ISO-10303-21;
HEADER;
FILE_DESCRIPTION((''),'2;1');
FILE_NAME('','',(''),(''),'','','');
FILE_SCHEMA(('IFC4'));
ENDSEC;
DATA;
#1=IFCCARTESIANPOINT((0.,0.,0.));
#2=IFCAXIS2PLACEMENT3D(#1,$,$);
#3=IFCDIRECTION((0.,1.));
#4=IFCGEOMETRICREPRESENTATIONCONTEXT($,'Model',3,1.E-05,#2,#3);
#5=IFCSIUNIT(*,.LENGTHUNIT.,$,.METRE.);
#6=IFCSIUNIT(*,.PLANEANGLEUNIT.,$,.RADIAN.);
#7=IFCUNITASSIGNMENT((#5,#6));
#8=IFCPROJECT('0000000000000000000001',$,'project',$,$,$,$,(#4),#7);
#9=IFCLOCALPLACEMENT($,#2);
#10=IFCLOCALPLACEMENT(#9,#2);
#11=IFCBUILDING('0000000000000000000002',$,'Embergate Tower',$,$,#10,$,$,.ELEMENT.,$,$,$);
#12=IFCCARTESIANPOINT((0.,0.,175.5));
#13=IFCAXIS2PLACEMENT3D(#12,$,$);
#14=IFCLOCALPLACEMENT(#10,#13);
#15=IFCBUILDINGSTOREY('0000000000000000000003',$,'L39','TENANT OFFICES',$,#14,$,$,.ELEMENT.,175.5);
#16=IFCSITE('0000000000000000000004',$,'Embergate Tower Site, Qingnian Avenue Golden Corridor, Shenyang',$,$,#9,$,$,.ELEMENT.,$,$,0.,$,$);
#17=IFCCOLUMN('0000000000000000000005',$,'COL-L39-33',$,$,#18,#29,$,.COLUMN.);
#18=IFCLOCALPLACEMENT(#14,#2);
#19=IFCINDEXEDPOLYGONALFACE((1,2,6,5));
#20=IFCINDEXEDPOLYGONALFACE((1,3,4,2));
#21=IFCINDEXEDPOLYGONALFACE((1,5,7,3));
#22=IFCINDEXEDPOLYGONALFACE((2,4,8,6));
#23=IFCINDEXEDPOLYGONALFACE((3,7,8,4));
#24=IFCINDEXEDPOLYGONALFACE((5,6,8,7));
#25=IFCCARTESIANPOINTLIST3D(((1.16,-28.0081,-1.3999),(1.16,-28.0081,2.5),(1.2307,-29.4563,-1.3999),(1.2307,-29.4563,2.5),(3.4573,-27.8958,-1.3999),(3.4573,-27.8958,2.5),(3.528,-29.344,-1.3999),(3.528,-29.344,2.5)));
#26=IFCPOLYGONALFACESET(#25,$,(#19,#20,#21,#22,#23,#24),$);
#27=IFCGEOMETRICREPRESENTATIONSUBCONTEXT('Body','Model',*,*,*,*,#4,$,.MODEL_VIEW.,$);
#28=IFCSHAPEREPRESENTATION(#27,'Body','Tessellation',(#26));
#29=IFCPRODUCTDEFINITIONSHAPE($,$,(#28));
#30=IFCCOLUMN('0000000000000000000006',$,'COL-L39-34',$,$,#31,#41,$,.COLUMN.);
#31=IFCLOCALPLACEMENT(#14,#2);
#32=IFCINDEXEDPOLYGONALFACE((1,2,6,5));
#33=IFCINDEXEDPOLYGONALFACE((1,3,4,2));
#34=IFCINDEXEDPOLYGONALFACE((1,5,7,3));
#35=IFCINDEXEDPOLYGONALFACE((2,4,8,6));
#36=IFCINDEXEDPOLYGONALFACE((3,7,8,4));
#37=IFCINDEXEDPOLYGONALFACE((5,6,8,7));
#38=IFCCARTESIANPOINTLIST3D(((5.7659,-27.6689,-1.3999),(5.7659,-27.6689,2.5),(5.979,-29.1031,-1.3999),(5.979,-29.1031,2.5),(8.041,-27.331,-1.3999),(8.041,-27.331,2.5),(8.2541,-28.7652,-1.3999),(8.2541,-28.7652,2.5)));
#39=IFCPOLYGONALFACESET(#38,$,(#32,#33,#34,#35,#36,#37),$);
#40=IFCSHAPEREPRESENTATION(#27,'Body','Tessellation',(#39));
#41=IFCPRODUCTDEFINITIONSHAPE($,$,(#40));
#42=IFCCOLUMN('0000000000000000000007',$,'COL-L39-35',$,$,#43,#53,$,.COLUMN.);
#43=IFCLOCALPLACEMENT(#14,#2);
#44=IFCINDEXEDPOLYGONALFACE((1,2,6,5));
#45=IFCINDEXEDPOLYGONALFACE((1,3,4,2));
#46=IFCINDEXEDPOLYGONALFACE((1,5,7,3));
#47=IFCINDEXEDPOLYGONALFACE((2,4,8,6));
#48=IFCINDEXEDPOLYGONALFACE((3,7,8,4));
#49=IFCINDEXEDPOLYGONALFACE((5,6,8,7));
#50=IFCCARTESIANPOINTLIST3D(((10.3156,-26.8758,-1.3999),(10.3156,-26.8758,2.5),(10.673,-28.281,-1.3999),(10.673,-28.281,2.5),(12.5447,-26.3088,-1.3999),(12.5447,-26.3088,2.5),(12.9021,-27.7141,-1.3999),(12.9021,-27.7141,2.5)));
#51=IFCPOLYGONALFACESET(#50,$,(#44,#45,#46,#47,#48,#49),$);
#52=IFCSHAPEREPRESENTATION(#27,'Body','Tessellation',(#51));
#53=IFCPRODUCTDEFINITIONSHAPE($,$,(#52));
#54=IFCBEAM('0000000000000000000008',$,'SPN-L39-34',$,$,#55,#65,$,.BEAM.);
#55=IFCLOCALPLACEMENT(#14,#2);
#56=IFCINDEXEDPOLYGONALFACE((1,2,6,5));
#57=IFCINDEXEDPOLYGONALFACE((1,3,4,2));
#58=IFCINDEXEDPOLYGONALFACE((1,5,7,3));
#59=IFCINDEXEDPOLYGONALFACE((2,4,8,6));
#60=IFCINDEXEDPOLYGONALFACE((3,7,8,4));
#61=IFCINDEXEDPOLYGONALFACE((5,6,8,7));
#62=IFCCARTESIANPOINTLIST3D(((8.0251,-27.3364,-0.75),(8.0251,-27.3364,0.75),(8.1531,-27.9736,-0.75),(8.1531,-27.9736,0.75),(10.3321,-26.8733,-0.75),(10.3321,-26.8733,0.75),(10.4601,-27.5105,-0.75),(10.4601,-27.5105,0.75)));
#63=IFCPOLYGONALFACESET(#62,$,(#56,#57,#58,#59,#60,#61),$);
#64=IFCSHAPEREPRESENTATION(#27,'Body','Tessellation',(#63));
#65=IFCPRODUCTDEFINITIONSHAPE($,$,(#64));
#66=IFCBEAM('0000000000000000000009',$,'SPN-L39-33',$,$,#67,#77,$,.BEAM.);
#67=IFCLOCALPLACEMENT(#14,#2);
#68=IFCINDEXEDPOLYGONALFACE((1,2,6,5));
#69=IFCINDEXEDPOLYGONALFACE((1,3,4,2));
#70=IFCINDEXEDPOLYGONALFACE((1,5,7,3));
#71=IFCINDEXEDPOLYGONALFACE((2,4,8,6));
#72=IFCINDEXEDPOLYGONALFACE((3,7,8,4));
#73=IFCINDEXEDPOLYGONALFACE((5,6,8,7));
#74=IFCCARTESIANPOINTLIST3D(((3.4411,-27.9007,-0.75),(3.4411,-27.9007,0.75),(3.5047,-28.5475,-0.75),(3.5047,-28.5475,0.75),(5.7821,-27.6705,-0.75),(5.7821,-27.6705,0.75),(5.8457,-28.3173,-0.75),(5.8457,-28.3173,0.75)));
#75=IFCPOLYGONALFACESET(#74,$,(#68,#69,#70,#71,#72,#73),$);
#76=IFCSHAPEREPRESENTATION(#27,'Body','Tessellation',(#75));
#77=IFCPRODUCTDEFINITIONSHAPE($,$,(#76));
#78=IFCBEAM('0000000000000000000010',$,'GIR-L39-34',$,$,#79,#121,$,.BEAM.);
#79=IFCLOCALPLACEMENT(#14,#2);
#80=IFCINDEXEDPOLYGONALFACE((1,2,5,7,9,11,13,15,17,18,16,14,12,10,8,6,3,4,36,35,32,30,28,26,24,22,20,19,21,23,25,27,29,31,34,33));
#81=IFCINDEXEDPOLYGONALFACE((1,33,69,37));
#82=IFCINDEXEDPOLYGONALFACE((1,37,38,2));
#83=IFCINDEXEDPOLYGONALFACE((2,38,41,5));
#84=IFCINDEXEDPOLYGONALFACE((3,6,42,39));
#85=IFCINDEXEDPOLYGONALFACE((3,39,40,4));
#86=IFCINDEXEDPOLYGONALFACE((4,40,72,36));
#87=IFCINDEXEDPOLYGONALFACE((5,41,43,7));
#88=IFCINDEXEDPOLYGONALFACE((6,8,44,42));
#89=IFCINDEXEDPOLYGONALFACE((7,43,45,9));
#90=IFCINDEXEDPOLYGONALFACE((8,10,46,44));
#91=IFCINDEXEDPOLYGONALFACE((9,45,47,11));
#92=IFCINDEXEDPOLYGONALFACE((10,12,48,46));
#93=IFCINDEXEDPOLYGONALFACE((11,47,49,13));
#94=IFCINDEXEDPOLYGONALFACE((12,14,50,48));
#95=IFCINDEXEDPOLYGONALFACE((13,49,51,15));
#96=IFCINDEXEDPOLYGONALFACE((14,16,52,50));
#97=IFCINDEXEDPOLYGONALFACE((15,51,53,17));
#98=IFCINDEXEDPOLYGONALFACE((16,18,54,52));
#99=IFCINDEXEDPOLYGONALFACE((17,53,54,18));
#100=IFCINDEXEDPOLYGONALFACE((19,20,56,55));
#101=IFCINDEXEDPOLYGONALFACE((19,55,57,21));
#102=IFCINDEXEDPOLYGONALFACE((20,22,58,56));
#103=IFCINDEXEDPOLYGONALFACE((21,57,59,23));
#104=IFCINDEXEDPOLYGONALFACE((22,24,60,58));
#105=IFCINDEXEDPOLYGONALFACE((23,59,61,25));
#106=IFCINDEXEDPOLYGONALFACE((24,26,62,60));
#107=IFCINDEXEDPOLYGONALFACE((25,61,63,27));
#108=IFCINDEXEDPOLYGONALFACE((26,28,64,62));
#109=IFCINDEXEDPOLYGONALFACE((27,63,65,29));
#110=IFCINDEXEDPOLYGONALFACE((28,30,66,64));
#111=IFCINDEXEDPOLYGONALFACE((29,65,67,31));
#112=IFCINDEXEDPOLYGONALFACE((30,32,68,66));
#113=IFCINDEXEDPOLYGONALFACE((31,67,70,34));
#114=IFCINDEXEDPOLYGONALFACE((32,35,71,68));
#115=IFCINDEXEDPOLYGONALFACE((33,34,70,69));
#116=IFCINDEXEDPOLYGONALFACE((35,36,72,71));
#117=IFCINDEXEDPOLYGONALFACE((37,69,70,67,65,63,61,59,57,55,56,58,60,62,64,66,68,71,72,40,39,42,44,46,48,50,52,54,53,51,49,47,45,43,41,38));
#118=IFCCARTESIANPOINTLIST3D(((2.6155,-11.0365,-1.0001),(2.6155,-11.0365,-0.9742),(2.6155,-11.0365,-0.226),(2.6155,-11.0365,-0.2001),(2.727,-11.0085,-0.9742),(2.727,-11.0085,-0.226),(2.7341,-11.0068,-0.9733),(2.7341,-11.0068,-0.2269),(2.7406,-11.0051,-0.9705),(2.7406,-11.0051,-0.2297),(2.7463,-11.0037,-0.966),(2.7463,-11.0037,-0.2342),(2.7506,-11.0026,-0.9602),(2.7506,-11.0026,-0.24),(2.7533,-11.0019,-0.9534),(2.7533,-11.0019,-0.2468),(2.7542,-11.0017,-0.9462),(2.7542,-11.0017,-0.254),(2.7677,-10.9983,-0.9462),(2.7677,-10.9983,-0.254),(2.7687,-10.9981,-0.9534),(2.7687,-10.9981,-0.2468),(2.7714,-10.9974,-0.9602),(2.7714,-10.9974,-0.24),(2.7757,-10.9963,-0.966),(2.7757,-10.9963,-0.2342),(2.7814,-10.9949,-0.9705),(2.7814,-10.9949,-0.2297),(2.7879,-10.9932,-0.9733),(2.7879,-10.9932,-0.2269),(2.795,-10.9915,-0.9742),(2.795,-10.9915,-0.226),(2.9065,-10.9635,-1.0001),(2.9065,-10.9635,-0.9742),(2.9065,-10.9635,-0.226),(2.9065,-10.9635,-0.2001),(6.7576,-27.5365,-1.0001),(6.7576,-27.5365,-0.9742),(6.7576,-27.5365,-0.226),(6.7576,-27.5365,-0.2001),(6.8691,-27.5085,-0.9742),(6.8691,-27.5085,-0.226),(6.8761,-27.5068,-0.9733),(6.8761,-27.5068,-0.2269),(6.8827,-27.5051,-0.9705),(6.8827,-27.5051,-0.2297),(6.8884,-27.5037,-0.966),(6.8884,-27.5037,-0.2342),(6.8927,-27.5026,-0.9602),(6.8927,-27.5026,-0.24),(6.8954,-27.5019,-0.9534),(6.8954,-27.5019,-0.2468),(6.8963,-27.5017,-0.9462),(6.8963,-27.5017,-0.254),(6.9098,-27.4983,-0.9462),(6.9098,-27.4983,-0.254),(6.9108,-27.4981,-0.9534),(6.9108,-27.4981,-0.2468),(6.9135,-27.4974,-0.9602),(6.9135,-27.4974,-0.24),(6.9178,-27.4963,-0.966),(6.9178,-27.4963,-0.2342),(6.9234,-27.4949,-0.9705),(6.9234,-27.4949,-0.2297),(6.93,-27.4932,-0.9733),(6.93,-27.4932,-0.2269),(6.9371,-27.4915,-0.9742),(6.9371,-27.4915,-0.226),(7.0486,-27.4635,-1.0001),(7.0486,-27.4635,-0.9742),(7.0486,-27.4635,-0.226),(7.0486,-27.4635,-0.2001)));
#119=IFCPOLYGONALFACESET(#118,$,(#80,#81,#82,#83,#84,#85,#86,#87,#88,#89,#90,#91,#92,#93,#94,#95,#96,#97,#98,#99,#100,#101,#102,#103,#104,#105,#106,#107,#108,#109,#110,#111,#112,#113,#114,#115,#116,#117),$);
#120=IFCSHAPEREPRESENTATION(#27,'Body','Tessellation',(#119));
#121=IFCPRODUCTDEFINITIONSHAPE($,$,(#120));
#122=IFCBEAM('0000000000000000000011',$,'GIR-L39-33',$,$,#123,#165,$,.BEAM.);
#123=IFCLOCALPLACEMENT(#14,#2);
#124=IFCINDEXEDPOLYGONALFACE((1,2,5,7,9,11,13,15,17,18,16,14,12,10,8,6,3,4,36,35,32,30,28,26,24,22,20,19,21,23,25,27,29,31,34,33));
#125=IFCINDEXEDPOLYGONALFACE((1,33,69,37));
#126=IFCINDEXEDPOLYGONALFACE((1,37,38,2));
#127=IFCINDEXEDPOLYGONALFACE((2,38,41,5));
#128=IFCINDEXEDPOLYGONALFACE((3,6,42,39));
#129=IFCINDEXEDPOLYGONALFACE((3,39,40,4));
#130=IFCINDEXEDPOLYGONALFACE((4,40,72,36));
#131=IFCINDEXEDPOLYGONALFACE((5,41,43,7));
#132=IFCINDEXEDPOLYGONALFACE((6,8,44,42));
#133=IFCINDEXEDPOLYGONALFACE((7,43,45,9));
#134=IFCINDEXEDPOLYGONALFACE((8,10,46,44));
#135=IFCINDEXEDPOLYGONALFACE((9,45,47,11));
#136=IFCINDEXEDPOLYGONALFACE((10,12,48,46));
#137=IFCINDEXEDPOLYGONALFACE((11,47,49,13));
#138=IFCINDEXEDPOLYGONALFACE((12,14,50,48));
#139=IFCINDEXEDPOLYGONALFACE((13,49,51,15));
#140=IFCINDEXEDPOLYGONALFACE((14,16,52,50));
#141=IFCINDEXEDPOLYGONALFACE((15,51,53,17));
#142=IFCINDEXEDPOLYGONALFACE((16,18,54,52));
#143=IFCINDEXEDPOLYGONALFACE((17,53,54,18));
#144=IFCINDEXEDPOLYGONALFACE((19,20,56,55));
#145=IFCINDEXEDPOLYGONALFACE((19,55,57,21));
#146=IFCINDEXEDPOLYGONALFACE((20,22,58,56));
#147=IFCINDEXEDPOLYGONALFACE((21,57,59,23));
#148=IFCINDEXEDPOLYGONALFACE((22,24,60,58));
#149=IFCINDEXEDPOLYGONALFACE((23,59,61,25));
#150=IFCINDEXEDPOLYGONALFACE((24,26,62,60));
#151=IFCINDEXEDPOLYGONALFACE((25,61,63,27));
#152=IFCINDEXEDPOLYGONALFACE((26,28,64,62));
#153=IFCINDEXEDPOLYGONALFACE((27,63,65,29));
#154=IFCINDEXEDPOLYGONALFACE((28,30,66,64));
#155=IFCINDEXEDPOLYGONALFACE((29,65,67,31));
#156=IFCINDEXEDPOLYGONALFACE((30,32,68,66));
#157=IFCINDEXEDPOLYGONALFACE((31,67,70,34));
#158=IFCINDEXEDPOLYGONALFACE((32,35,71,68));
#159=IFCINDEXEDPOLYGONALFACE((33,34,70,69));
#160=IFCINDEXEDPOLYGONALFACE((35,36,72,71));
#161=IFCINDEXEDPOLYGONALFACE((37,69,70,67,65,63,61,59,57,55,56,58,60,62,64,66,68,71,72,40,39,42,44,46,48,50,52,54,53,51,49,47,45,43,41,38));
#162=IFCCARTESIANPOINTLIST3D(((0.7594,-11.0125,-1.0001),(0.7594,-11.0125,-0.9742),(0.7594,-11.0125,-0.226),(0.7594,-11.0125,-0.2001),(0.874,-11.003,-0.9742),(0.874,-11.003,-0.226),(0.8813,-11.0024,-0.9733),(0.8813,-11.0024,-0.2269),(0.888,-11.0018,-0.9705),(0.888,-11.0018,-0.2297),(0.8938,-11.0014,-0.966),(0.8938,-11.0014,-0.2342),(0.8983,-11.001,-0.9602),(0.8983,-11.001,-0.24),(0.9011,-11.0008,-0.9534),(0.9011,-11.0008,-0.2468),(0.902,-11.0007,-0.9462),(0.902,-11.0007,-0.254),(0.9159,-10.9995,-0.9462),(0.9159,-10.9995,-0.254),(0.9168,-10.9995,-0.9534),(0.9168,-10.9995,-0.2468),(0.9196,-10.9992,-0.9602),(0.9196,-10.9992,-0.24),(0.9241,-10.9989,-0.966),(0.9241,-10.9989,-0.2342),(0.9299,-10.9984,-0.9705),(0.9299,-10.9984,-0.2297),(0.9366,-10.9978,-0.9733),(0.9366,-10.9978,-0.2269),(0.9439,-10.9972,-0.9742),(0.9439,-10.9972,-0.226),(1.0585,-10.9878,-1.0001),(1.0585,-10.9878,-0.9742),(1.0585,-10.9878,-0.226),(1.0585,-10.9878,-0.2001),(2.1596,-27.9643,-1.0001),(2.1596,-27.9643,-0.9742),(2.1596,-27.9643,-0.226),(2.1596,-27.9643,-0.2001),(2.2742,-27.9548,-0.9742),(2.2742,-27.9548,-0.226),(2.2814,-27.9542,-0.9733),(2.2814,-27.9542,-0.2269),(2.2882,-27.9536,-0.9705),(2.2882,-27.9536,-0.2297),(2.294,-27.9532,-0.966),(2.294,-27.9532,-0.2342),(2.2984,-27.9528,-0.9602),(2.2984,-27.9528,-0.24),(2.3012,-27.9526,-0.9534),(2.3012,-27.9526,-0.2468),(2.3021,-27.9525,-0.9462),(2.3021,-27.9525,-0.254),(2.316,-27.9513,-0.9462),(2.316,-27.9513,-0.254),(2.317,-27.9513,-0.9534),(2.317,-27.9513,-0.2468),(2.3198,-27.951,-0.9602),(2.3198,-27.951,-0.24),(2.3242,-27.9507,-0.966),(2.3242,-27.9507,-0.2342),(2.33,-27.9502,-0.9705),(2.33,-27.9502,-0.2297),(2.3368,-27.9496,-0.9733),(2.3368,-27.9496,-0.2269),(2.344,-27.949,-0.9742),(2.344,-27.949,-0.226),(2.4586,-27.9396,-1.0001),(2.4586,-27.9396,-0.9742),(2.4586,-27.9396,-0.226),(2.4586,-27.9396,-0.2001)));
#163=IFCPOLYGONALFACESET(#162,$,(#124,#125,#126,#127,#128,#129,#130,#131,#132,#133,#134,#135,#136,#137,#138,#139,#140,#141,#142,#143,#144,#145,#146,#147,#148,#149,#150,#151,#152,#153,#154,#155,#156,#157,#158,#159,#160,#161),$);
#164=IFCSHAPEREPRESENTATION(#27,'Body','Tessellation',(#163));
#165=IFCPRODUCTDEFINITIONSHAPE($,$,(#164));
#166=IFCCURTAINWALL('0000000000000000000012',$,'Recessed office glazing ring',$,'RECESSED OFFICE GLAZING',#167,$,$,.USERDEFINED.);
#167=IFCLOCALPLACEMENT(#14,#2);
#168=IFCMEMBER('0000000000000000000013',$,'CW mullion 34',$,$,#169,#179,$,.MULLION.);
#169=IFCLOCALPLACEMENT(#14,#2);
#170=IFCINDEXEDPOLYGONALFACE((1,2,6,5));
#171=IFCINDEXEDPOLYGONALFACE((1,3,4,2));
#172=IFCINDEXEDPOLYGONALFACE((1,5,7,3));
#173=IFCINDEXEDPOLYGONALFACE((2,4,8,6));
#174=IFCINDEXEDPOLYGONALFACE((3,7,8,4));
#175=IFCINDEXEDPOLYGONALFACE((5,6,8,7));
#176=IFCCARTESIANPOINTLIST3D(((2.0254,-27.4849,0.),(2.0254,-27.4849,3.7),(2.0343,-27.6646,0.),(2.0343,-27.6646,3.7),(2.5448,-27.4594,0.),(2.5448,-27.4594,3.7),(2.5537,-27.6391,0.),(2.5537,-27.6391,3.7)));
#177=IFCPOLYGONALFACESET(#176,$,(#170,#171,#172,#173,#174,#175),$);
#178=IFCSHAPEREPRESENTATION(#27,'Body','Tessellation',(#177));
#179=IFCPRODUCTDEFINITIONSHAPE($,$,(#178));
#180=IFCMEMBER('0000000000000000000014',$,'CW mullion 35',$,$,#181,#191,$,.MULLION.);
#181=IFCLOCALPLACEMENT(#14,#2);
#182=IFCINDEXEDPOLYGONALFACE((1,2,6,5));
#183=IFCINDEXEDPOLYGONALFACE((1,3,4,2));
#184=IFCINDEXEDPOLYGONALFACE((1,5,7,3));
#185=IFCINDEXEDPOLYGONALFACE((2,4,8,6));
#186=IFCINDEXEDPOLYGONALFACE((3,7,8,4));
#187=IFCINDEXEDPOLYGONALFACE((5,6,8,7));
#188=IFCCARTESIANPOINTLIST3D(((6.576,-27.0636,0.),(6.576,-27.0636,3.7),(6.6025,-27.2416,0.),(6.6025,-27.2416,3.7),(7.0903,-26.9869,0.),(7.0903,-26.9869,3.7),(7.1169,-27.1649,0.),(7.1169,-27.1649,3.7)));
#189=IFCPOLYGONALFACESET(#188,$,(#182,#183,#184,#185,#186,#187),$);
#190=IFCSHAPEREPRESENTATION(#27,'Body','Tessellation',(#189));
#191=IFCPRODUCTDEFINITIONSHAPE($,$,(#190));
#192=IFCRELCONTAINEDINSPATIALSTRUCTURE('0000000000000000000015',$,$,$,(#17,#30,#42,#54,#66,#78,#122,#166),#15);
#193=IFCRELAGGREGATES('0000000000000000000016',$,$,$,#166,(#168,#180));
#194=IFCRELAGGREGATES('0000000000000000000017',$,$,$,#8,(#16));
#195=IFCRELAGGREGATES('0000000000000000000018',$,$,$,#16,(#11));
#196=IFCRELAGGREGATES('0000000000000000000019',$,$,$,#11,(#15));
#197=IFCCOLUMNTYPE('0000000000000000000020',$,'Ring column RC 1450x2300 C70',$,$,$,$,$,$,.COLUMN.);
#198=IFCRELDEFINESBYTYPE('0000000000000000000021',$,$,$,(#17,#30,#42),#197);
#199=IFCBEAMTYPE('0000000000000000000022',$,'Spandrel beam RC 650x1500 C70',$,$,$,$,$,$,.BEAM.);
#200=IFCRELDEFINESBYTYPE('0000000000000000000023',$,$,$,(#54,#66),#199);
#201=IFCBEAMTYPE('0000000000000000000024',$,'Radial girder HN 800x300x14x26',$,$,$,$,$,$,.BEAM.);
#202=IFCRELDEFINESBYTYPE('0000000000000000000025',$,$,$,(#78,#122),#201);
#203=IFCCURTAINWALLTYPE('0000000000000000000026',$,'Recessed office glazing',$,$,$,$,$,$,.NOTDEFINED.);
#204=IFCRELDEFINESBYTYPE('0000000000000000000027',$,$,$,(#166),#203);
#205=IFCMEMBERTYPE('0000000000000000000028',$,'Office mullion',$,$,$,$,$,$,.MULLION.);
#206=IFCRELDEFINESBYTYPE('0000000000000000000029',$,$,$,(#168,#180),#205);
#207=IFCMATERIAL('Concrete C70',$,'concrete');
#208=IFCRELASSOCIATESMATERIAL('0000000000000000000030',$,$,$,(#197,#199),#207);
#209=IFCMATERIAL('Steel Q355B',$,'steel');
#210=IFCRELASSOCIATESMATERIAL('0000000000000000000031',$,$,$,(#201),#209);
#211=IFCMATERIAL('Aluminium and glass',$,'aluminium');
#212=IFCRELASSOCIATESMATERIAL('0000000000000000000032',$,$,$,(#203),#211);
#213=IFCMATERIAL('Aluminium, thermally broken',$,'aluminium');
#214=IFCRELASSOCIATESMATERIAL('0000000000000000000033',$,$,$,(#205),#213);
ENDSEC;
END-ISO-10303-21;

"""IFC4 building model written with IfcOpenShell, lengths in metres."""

from ifc_helpers import new_model, si_unit, direction, frame, origin, origin_2d, place, context, subcontext, project, spatial, rectangle, i_section, extrude, source, transform, mapped, material, material_profile, profile_set, type_object, element, aggregate, save


model = new_model("IFC4")

# Units and contexts
model_context = context("Model", 3, precision=1e-05, world=origin(), true_north=direction((0.0, 1.0)))
body_context = subcontext(model_context, "Body", "Model", "MODEL_VIEW")
ifc_project = project(units=[si_unit("LENGTHUNIT", "METRE"), si_unit("PLANEANGLEUNIT", "RADIAN")], contexts=[model_context])

# Site, building, storey
site_placement = place(None, origin())
site = spatial("IfcSite", under=ifc_project, at=site_placement, Name="Embergate Tower Site, Qingnian Avenue Golden Corridor, Shenyang", CompositionType="ELEMENT", RefElevation=0.0)
building_placement = place(site_placement, origin())
building = spatial("IfcBuilding", under=site, at=building_placement, Name="Embergate Tower", CompositionType="ELEMENT")
storey_placement = place(building_placement, frame((0.0, 0.0, 175.5)))
storey = spatial("IfcBuildingStorey", under=building, at=storey_placement, Name="L39", Description="TENANT OFFICES", CompositionType="ELEMENT", Elevation=175.5)

# Columns
ifc_material_1 = material(Name="Concrete C70", Category="concrete")
ifc_material_profile_1 = material_profile(ifc_material_1, rectangle(XDim=1.45, YDim=2.3, at=origin_2d()), Name="RC 1450x2300")
ifc_profile_set_1 = profile_set([ifc_material_profile_1], Name="Concrete C70")
column_type = type_object("IfcColumnType", Name="Ring column RC 1450x2300 C70", PredefinedType="COLUMN", material=ifc_profile_set_1)
shared_shape_1 = source(origin(), body_context, "Body", "SweptSolid", [
    extrude(rectangle(XDim=1.45, YDim=2.3, at=origin_2d()), origin(), (0.0, 0.0, 1.0), 3.8999),
])
for number, where, z_axis, x_axis, name in (
    (1, (2.344, -28.676, -1.3999), (0.0, 0.0, 1.0), (0.048815, -0.998808, 0.0), "COL-L39-33"),
    (2, (7.01, -28.217, -1.3999), (0.0, 0.0, 1.0), (0.146929, -0.989147, 0.0), "COL-L39-34"),
    (3, (11.6089, -27.2949, -1.3999), (0.0, 0.0, 1.0), (0.246492, -0.969145, 0.0), "COL-L39-35"),
):
    element("IfcColumn", number, at=place(storey_placement, frame(where, z_axis=z_axis, x_axis=x_axis)), inside=storey, type_object=column_type, Name=name, PredefinedType="COLUMN", context=body_context, shape_type="MappedRepresentation", body=[
        mapped(shared_shape_1, transform((0.0, 0.0, 0.0))),
    ])

# Beams
ifc_material_profile_2 = material_profile(ifc_material_1, rectangle(XDim=0.6499, YDim=1.5, at=origin_2d()), Name="RC 650x1500")
ifc_profile_set_2 = profile_set([ifc_material_profile_2], Name="Concrete C70")
beam_type_1 = type_object("IfcBeamType", Name="Spandrel beam RC 650x1500 C70", PredefinedType="BEAM", material=ifc_profile_set_2)
shared_shape_2 = source(origin(), body_context, "Body", "SweptSolid", [
    extrude(rectangle(XDim=0.6499, YDim=1.5, at=origin_2d()), origin(), (0.0, 0.0, 1.0), 2.353),
])
beam_1_placement = place(storey_placement, frame((8.0891, -27.655, 0.0), z_axis=(0.980437, 0.196834, 0.0), x_axis=(-0.196834, 0.980437, 0.0)))
element("IfcBeam", 4, at=beam_1_placement, inside=storey, type_object=beam_type_1, Name="SPN-L39-34", PredefinedType="BEAM", context=body_context, shape_type="MappedRepresentation", body=[
    mapped(shared_shape_2, transform((0.0, 0.0, 0.0))),
])
shared_shape_3 = source(origin(), body_context, "Body", "SweptSolid", [
    extrude(rectangle(XDim=0.6499, YDim=1.5, at=origin_2d()), origin(), (0.0, 0.0, 1.0), 2.3523),
])
beam_2_placement = place(storey_placement, frame((3.4729, -28.2241, 0.0), z_axis=(0.995199, 0.09787, 0.0), x_axis=(-0.09787, 0.995199, 0.0)))
element("IfcBeam", 5, at=beam_2_placement, inside=storey, type_object=beam_type_1, Name="SPN-L39-33", PredefinedType="BEAM", context=body_context, shape_type="MappedRepresentation", body=[
    mapped(shared_shape_3, transform((0.0, 0.0, 0.0))),
])
ifc_material_2 = material(Name="Steel Q355B", Category="steel")
ifc_material_profile_3 = material_profile(ifc_material_2, i_section(OverallWidth=0.3, OverallDepth=0.8, WebThickness=0.0139, FlangeThickness=0.0259, FilletRadius=0.0281, at=origin_2d()), Name="HN 800x300x14x26")
ifc_profile_set_3 = profile_set([ifc_material_profile_3], Name="Steel Q355 grade B")
beam_type_2 = type_object("IfcBeamType", Name="Radial girder HN 800x300x14x26", PredefinedType="BEAM", material=ifc_profile_set_3)
shared_shape_4 = source(origin(), body_context, "Body", "SweptSolid", [
    extrude(i_section(OverallWidth=0.3, OverallDepth=0.8, WebThickness=0.0139, FlangeThickness=0.0259, FilletRadius=0.0281, at=origin_2d()), origin(), (0.0, 0.0, 1.0), 17.012),
])
beam_3_placement = place(storey_placement, frame((6.9031, -27.5, -0.6001), z_axis=(-0.243481, 0.969906, 0.0), x_axis=(-0.969906, -0.243481, 0.0)))
element("IfcBeam", 6, at=beam_3_placement, inside=storey, type_object=beam_type_2, Name="GIR-L39-34", PredefinedType="BEAM", context=body_context, shape_type="MappedRepresentation", body=[
    mapped(shared_shape_4, transform((0.0, 0.0, 0.0))),
])
shared_shape_5 = source(origin(), body_context, "Body", "SweptSolid", [
    extrude(i_section(OverallWidth=0.3, OverallDepth=0.8, WebThickness=0.0139, FlangeThickness=0.0259, FilletRadius=0.0281, at=origin_2d()), origin(), (0.0, 0.0, 1.0), 17.0095),
])
beam_4_placement = place(storey_placement, frame((2.3091, -27.9519, -0.6001), z_axis=(-0.082315, 0.996606, 0.0), x_axis=(-0.996606, -0.082315, 0.0)))
element("IfcBeam", 7, at=beam_4_placement, inside=storey, type_object=beam_type_2, Name="GIR-L39-33", PredefinedType="BEAM", context=body_context, shape_type="MappedRepresentation", body=[
    mapped(shared_shape_5, transform((0.0, 0.0, 0.0))),
])

# Curtain wall, members
ifc_material_3 = material(Name="Aluminium and glass", Category="aluminium")
curtain_wall_type = type_object("IfcCurtainWallType", Name="Recessed office glazing", PredefinedType="NOTDEFINED", material=ifc_material_3)
curtain_wall_placement = place(storey_placement, origin())
curtain_wall = element("IfcCurtainWall", 8, at=curtain_wall_placement, inside=storey, type_object=curtain_wall_type, Name="Recessed office glazing ring", ObjectType="RECESSED OFFICE GLAZING", PredefinedType="USERDEFINED")
ifc_material_4 = material(Name="Aluminium, thermally broken", Category="aluminium")
ifc_material_profile_4 = material_profile(ifc_material_4, rectangle(XDim=0.1799, YDim=0.52, at=origin_2d()), Name="AL 520x180")
ifc_profile_set_4 = profile_set([ifc_material_profile_4], Name="Aluminium, thermally broken")
member_type_1 = type_object("IfcMemberType", Name="Office mullion", PredefinedType="MULLION", material=ifc_profile_set_4)
shared_shape_6 = source(origin(), body_context, "Body", "SweptSolid", [
    extrude(rectangle(XDim=0.1799, YDim=0.52, at=origin_2d()), origin(), (0.0, 0.0, 1.0), 3.7),
])
member_1_placement = place(storey_placement, frame((2.2896, -27.562, 0.0), z_axis=(0.0, 0.0, 1.0), x_axis=(-0.04897, 0.9988, 0.0)))
member_1 = element("IfcMember", 9, at=member_1_placement, type_object=member_type_1, Name="CW mullion 34", PredefinedType="MULLION", context=body_context, shape_type="MappedRepresentation", body=[
    mapped(shared_shape_6, transform((0.0, 0.0, 0.0))),
])
member_2_placement = place(storey_placement, frame((6.8464, -27.1143, 0.0), z_axis=(0.0, 0.0, 1.0), x_axis=(-0.147409, 0.989076, 0.0)))
member_2 = element("IfcMember", 10, at=member_2_placement, type_object=member_type_1, Name="CW mullion 35", PredefinedType="MULLION", context=body_context, shape_type="MappedRepresentation", body=[
    mapped(shared_shape_6, transform((0.0, 0.0, 0.0))),
])
aggregate(curtain_wall, [member_1, member_2])

save(model, "model.ifc")
